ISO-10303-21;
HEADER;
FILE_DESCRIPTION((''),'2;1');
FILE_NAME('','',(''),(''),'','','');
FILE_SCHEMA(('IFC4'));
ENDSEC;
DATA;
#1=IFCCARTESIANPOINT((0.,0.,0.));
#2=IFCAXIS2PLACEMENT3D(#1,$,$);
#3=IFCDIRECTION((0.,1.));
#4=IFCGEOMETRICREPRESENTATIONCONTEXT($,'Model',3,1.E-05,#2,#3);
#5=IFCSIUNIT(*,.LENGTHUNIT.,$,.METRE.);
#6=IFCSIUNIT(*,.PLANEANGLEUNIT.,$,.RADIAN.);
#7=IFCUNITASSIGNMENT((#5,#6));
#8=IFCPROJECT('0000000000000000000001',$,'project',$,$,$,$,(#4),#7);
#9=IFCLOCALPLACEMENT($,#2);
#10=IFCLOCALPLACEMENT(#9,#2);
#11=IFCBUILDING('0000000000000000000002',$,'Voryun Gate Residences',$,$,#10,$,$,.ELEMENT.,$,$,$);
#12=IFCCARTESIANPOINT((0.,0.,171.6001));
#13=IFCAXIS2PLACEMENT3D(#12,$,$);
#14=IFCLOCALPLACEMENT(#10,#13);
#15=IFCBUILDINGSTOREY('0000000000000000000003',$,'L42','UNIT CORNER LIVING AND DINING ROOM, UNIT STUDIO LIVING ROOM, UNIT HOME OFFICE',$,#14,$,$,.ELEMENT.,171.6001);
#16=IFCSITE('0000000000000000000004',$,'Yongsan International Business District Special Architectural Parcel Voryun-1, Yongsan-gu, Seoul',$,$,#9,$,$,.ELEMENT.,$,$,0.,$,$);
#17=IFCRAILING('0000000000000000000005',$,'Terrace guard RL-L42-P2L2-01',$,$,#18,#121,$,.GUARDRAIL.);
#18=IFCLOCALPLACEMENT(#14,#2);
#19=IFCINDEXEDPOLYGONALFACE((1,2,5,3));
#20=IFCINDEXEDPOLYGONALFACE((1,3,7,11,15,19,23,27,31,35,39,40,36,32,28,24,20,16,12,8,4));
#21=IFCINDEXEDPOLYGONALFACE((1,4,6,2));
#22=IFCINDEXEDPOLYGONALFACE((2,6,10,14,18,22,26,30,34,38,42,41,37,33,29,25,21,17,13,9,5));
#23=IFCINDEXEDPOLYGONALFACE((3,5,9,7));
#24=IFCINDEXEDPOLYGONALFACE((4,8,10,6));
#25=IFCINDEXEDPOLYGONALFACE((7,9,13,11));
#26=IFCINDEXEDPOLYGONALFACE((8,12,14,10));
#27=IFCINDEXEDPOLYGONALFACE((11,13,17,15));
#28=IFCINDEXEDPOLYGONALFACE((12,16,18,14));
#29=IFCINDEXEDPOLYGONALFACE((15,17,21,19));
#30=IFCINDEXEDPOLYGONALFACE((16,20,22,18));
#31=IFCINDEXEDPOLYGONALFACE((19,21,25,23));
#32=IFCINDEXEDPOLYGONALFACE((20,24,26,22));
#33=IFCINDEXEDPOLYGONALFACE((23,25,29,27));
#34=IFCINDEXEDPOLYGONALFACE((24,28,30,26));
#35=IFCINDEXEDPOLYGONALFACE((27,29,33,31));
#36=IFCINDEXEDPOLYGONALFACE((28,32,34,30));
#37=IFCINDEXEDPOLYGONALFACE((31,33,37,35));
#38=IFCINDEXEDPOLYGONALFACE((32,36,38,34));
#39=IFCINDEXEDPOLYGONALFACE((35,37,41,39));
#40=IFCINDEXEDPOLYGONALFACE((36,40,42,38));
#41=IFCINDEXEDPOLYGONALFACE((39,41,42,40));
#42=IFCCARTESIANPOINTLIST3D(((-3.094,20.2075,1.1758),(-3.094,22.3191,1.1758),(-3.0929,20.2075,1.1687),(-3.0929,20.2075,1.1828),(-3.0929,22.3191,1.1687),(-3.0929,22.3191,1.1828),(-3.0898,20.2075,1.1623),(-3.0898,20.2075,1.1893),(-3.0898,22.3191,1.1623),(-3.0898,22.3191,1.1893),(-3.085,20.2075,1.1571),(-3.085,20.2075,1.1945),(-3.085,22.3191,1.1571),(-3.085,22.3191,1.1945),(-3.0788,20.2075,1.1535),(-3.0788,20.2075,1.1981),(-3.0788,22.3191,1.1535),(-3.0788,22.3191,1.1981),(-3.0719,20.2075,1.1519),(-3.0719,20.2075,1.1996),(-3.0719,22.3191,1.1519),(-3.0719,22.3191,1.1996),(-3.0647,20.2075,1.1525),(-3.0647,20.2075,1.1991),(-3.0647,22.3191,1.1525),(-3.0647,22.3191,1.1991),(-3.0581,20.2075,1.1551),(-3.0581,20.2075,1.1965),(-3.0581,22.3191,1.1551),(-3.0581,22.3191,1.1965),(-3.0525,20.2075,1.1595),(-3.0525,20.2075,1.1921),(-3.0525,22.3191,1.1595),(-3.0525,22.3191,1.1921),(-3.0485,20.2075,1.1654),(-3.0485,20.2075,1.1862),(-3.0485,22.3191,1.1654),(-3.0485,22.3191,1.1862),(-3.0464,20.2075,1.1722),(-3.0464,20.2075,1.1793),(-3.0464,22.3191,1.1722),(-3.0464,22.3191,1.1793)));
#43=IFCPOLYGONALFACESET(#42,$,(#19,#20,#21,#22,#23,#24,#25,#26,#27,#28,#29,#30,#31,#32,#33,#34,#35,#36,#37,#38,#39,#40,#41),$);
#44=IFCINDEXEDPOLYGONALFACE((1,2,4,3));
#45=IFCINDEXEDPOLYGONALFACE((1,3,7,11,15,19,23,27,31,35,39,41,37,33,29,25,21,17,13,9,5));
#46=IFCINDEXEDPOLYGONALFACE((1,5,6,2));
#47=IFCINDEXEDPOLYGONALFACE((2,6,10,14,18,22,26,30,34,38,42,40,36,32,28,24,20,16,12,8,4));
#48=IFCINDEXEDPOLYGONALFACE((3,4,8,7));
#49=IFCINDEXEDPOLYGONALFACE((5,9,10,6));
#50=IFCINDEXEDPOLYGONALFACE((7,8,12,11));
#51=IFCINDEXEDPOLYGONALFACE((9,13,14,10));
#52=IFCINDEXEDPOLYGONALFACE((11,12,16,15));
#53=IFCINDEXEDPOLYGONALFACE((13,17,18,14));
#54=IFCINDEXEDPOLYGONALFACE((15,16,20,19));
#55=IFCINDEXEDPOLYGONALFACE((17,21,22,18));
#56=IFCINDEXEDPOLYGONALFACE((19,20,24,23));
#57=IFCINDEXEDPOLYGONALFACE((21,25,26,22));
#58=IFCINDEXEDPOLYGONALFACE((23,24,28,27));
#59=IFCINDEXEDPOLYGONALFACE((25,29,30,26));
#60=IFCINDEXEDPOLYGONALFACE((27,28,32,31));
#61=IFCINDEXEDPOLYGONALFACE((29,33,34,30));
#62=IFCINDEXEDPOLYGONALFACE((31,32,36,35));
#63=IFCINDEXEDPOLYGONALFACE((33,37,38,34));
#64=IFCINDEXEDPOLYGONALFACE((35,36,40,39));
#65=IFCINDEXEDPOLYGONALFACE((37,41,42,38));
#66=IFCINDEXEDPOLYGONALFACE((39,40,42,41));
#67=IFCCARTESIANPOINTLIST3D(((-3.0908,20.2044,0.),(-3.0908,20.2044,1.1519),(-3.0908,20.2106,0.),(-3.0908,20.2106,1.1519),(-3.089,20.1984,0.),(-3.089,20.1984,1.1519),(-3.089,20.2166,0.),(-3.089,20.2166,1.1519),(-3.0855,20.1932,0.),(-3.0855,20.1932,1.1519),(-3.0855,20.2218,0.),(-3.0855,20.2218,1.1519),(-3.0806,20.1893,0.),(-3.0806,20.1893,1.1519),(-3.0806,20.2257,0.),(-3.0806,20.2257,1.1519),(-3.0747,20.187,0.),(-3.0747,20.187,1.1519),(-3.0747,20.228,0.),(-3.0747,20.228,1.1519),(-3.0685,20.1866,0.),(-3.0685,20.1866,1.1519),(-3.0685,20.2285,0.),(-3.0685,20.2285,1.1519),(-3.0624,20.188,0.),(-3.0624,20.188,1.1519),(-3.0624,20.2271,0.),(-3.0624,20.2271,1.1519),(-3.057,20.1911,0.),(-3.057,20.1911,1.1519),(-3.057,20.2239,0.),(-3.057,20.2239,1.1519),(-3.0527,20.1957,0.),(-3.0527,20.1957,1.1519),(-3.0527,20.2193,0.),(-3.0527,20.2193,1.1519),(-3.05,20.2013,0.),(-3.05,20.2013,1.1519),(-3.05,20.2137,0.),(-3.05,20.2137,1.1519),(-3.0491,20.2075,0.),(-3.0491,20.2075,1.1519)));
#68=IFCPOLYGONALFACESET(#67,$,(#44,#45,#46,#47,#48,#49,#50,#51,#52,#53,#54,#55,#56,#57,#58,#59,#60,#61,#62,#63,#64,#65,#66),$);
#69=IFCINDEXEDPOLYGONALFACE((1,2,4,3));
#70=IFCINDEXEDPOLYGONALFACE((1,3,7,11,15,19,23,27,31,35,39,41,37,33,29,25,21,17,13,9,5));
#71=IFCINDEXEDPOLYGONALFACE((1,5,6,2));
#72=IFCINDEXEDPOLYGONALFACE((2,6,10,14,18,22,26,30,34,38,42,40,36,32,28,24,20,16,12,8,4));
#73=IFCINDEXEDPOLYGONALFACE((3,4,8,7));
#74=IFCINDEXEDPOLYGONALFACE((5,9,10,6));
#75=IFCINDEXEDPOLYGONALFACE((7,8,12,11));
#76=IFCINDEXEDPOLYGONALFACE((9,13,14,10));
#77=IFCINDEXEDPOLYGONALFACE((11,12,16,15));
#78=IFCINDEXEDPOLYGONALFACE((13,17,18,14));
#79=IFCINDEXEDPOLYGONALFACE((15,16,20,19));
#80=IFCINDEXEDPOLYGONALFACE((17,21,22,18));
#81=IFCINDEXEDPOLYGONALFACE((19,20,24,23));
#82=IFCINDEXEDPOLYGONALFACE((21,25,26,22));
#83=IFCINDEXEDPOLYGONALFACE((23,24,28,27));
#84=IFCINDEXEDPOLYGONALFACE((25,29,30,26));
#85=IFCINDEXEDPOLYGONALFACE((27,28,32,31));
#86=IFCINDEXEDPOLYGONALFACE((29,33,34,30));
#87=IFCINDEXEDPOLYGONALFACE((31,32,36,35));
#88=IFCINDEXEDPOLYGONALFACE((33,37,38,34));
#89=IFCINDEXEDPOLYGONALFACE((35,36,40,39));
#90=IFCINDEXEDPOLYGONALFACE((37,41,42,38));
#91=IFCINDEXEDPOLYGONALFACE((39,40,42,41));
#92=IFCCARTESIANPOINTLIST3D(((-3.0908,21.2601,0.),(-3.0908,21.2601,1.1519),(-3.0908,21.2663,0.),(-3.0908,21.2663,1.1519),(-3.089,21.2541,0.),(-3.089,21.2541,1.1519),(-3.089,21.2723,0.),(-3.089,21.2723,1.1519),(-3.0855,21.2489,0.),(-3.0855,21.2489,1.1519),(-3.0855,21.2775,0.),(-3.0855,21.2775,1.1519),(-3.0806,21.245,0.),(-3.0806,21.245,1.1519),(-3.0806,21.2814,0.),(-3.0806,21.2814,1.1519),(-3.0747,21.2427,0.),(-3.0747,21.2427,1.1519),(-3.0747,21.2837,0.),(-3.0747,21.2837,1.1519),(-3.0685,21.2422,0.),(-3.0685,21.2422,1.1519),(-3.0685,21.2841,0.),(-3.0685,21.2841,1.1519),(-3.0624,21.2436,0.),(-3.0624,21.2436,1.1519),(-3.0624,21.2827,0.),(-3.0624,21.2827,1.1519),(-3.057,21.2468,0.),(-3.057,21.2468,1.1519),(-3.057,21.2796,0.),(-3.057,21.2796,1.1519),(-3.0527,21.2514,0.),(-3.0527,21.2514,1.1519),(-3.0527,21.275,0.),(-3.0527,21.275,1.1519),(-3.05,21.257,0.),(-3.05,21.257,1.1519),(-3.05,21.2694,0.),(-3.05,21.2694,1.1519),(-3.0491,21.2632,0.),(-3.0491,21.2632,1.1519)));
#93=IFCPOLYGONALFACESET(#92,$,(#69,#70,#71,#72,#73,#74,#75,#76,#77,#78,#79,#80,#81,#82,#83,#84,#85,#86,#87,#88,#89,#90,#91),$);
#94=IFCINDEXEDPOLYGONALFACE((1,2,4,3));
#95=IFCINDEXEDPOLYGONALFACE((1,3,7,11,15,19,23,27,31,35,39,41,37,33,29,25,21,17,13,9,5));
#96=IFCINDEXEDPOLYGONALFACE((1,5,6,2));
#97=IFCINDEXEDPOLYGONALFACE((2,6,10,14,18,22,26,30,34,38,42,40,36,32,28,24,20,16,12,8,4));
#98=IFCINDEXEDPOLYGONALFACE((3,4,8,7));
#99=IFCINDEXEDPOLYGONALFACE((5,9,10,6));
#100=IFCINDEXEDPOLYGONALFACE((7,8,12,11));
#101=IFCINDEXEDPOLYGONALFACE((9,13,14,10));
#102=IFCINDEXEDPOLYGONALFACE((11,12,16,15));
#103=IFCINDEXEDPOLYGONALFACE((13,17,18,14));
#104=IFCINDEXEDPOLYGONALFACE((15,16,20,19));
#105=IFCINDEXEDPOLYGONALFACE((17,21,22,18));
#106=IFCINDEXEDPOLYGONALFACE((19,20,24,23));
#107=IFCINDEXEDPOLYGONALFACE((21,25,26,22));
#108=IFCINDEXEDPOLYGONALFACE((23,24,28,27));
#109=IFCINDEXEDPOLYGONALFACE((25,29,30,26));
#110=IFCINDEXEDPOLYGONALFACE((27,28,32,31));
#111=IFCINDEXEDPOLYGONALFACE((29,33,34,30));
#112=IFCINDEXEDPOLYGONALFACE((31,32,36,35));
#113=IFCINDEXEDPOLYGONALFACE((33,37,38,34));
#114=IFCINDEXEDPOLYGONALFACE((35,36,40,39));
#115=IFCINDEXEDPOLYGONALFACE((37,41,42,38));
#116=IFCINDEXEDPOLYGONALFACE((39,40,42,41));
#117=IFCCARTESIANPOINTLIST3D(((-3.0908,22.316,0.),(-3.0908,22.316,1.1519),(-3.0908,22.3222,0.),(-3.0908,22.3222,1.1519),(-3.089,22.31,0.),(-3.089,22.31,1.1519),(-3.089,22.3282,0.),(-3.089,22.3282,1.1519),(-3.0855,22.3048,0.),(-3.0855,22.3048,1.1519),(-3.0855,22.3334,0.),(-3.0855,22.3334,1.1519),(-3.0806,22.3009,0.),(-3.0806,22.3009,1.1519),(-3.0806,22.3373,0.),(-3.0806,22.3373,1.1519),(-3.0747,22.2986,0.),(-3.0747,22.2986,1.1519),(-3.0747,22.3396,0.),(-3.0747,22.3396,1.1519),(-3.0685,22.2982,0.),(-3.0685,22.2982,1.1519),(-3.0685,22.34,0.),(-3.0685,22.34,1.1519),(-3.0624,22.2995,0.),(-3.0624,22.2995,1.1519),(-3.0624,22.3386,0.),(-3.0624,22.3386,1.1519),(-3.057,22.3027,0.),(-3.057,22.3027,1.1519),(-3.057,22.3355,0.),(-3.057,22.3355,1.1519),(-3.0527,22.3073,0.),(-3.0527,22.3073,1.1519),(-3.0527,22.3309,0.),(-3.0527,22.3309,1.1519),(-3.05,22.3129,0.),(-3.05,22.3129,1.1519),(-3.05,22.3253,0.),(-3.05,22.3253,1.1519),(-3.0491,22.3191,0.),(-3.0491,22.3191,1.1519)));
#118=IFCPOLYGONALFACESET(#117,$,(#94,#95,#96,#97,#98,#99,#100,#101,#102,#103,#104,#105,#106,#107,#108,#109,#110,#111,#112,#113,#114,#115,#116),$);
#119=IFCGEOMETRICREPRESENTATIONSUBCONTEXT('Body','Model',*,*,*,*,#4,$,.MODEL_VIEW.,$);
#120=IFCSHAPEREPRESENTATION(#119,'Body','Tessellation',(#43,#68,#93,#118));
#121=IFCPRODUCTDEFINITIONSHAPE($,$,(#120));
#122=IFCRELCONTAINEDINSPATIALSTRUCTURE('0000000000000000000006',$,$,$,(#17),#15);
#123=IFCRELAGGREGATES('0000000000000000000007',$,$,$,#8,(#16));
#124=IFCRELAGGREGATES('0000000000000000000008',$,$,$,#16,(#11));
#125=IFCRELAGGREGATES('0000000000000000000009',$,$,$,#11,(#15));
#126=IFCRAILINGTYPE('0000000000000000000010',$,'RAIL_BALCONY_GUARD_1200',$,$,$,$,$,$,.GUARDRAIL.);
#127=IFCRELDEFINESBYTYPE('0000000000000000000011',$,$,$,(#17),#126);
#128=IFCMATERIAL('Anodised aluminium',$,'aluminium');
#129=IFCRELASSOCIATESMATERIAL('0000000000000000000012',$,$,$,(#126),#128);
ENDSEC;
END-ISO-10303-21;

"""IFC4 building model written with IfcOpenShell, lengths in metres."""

from ifc_helpers import new_model, si_unit, direction, frame, origin, origin_2d, place, context, subcontext, project, spatial, circle, extrude, material, type_object, element, save


model = new_model("IFC4")

# Units and contexts
model_context = context("Model", 3, precision=1e-05, world=origin(), true_north=direction((0.0, 1.0)))
body_context = subcontext(model_context, "Body", "Model", "MODEL_VIEW")
ifc_project = project(units=[si_unit("LENGTHUNIT", "METRE"), si_unit("PLANEANGLEUNIT", "RADIAN")], contexts=[model_context])

# Site, building, storey
site_placement = place(None, origin())
site = spatial("IfcSite", under=ifc_project, at=site_placement, Name="Yongsan International Business District Special Architectural Parcel Voryun-1, Yongsan-gu, Seoul", CompositionType="ELEMENT", RefElevation=0.0)
building_placement = place(site_placement, origin())
building = spatial("IfcBuilding", under=site, at=building_placement, Name="Voryun Gate Residences", CompositionType="ELEMENT")
storey_placement = place(building_placement, frame((0.0, 0.0, 171.6001)))
storey = spatial("IfcBuildingStorey", under=building, at=storey_placement, Name="L42", Description="UNIT CORNER LIVING AND DINING ROOM, UNIT STUDIO LIVING ROOM, UNIT HOME OFFICE", CompositionType="ELEMENT", Elevation=171.6001)

# Railing
ifc_material_1 = material(Name="Anodised aluminium", Category="aluminium")
railing_type = type_object("IfcRailingType", Name="RAIL_BALCONY_GUARD_1200", PredefinedType="GUARDRAIL", material=ifc_material_1)
railing_1_placement = place(storey_placement, frame((-3.0701, 20.2075, 0.0)))
element("IfcRailing", 1, at=railing_1_placement, inside=storey, type_object=railing_type, Name="Terrace guard RL-L42-P2L2-01", PredefinedType="GUARDRAIL", context=body_context, shape_type="SweptSolid", body=[
    extrude(circle(Radius=0.0239, at=origin_2d()), frame((0.0, 0.0, 1.1758), z_axis=(0.0, 1.0, 0.0), x_axis=(-1.0, 0.0, 0.0)), (0.0, 0.0, 1.0), 2.1116),
    extrude(circle(Radius=0.021, at=origin_2d()), origin(), (0.0, 0.0, 1.0), 1.1519),
    extrude(circle(Radius=0.021, at=origin_2d()), frame((0.0, 1.0557, 0.0)), (0.0, 0.0, 1.0), 1.1519),
    extrude(circle(Radius=0.021, at=origin_2d()), frame((0.0, 2.1116, 0.0)), (0.0, 0.0, 1.0), 1.1519),
])

save(model, "model.ifc")
